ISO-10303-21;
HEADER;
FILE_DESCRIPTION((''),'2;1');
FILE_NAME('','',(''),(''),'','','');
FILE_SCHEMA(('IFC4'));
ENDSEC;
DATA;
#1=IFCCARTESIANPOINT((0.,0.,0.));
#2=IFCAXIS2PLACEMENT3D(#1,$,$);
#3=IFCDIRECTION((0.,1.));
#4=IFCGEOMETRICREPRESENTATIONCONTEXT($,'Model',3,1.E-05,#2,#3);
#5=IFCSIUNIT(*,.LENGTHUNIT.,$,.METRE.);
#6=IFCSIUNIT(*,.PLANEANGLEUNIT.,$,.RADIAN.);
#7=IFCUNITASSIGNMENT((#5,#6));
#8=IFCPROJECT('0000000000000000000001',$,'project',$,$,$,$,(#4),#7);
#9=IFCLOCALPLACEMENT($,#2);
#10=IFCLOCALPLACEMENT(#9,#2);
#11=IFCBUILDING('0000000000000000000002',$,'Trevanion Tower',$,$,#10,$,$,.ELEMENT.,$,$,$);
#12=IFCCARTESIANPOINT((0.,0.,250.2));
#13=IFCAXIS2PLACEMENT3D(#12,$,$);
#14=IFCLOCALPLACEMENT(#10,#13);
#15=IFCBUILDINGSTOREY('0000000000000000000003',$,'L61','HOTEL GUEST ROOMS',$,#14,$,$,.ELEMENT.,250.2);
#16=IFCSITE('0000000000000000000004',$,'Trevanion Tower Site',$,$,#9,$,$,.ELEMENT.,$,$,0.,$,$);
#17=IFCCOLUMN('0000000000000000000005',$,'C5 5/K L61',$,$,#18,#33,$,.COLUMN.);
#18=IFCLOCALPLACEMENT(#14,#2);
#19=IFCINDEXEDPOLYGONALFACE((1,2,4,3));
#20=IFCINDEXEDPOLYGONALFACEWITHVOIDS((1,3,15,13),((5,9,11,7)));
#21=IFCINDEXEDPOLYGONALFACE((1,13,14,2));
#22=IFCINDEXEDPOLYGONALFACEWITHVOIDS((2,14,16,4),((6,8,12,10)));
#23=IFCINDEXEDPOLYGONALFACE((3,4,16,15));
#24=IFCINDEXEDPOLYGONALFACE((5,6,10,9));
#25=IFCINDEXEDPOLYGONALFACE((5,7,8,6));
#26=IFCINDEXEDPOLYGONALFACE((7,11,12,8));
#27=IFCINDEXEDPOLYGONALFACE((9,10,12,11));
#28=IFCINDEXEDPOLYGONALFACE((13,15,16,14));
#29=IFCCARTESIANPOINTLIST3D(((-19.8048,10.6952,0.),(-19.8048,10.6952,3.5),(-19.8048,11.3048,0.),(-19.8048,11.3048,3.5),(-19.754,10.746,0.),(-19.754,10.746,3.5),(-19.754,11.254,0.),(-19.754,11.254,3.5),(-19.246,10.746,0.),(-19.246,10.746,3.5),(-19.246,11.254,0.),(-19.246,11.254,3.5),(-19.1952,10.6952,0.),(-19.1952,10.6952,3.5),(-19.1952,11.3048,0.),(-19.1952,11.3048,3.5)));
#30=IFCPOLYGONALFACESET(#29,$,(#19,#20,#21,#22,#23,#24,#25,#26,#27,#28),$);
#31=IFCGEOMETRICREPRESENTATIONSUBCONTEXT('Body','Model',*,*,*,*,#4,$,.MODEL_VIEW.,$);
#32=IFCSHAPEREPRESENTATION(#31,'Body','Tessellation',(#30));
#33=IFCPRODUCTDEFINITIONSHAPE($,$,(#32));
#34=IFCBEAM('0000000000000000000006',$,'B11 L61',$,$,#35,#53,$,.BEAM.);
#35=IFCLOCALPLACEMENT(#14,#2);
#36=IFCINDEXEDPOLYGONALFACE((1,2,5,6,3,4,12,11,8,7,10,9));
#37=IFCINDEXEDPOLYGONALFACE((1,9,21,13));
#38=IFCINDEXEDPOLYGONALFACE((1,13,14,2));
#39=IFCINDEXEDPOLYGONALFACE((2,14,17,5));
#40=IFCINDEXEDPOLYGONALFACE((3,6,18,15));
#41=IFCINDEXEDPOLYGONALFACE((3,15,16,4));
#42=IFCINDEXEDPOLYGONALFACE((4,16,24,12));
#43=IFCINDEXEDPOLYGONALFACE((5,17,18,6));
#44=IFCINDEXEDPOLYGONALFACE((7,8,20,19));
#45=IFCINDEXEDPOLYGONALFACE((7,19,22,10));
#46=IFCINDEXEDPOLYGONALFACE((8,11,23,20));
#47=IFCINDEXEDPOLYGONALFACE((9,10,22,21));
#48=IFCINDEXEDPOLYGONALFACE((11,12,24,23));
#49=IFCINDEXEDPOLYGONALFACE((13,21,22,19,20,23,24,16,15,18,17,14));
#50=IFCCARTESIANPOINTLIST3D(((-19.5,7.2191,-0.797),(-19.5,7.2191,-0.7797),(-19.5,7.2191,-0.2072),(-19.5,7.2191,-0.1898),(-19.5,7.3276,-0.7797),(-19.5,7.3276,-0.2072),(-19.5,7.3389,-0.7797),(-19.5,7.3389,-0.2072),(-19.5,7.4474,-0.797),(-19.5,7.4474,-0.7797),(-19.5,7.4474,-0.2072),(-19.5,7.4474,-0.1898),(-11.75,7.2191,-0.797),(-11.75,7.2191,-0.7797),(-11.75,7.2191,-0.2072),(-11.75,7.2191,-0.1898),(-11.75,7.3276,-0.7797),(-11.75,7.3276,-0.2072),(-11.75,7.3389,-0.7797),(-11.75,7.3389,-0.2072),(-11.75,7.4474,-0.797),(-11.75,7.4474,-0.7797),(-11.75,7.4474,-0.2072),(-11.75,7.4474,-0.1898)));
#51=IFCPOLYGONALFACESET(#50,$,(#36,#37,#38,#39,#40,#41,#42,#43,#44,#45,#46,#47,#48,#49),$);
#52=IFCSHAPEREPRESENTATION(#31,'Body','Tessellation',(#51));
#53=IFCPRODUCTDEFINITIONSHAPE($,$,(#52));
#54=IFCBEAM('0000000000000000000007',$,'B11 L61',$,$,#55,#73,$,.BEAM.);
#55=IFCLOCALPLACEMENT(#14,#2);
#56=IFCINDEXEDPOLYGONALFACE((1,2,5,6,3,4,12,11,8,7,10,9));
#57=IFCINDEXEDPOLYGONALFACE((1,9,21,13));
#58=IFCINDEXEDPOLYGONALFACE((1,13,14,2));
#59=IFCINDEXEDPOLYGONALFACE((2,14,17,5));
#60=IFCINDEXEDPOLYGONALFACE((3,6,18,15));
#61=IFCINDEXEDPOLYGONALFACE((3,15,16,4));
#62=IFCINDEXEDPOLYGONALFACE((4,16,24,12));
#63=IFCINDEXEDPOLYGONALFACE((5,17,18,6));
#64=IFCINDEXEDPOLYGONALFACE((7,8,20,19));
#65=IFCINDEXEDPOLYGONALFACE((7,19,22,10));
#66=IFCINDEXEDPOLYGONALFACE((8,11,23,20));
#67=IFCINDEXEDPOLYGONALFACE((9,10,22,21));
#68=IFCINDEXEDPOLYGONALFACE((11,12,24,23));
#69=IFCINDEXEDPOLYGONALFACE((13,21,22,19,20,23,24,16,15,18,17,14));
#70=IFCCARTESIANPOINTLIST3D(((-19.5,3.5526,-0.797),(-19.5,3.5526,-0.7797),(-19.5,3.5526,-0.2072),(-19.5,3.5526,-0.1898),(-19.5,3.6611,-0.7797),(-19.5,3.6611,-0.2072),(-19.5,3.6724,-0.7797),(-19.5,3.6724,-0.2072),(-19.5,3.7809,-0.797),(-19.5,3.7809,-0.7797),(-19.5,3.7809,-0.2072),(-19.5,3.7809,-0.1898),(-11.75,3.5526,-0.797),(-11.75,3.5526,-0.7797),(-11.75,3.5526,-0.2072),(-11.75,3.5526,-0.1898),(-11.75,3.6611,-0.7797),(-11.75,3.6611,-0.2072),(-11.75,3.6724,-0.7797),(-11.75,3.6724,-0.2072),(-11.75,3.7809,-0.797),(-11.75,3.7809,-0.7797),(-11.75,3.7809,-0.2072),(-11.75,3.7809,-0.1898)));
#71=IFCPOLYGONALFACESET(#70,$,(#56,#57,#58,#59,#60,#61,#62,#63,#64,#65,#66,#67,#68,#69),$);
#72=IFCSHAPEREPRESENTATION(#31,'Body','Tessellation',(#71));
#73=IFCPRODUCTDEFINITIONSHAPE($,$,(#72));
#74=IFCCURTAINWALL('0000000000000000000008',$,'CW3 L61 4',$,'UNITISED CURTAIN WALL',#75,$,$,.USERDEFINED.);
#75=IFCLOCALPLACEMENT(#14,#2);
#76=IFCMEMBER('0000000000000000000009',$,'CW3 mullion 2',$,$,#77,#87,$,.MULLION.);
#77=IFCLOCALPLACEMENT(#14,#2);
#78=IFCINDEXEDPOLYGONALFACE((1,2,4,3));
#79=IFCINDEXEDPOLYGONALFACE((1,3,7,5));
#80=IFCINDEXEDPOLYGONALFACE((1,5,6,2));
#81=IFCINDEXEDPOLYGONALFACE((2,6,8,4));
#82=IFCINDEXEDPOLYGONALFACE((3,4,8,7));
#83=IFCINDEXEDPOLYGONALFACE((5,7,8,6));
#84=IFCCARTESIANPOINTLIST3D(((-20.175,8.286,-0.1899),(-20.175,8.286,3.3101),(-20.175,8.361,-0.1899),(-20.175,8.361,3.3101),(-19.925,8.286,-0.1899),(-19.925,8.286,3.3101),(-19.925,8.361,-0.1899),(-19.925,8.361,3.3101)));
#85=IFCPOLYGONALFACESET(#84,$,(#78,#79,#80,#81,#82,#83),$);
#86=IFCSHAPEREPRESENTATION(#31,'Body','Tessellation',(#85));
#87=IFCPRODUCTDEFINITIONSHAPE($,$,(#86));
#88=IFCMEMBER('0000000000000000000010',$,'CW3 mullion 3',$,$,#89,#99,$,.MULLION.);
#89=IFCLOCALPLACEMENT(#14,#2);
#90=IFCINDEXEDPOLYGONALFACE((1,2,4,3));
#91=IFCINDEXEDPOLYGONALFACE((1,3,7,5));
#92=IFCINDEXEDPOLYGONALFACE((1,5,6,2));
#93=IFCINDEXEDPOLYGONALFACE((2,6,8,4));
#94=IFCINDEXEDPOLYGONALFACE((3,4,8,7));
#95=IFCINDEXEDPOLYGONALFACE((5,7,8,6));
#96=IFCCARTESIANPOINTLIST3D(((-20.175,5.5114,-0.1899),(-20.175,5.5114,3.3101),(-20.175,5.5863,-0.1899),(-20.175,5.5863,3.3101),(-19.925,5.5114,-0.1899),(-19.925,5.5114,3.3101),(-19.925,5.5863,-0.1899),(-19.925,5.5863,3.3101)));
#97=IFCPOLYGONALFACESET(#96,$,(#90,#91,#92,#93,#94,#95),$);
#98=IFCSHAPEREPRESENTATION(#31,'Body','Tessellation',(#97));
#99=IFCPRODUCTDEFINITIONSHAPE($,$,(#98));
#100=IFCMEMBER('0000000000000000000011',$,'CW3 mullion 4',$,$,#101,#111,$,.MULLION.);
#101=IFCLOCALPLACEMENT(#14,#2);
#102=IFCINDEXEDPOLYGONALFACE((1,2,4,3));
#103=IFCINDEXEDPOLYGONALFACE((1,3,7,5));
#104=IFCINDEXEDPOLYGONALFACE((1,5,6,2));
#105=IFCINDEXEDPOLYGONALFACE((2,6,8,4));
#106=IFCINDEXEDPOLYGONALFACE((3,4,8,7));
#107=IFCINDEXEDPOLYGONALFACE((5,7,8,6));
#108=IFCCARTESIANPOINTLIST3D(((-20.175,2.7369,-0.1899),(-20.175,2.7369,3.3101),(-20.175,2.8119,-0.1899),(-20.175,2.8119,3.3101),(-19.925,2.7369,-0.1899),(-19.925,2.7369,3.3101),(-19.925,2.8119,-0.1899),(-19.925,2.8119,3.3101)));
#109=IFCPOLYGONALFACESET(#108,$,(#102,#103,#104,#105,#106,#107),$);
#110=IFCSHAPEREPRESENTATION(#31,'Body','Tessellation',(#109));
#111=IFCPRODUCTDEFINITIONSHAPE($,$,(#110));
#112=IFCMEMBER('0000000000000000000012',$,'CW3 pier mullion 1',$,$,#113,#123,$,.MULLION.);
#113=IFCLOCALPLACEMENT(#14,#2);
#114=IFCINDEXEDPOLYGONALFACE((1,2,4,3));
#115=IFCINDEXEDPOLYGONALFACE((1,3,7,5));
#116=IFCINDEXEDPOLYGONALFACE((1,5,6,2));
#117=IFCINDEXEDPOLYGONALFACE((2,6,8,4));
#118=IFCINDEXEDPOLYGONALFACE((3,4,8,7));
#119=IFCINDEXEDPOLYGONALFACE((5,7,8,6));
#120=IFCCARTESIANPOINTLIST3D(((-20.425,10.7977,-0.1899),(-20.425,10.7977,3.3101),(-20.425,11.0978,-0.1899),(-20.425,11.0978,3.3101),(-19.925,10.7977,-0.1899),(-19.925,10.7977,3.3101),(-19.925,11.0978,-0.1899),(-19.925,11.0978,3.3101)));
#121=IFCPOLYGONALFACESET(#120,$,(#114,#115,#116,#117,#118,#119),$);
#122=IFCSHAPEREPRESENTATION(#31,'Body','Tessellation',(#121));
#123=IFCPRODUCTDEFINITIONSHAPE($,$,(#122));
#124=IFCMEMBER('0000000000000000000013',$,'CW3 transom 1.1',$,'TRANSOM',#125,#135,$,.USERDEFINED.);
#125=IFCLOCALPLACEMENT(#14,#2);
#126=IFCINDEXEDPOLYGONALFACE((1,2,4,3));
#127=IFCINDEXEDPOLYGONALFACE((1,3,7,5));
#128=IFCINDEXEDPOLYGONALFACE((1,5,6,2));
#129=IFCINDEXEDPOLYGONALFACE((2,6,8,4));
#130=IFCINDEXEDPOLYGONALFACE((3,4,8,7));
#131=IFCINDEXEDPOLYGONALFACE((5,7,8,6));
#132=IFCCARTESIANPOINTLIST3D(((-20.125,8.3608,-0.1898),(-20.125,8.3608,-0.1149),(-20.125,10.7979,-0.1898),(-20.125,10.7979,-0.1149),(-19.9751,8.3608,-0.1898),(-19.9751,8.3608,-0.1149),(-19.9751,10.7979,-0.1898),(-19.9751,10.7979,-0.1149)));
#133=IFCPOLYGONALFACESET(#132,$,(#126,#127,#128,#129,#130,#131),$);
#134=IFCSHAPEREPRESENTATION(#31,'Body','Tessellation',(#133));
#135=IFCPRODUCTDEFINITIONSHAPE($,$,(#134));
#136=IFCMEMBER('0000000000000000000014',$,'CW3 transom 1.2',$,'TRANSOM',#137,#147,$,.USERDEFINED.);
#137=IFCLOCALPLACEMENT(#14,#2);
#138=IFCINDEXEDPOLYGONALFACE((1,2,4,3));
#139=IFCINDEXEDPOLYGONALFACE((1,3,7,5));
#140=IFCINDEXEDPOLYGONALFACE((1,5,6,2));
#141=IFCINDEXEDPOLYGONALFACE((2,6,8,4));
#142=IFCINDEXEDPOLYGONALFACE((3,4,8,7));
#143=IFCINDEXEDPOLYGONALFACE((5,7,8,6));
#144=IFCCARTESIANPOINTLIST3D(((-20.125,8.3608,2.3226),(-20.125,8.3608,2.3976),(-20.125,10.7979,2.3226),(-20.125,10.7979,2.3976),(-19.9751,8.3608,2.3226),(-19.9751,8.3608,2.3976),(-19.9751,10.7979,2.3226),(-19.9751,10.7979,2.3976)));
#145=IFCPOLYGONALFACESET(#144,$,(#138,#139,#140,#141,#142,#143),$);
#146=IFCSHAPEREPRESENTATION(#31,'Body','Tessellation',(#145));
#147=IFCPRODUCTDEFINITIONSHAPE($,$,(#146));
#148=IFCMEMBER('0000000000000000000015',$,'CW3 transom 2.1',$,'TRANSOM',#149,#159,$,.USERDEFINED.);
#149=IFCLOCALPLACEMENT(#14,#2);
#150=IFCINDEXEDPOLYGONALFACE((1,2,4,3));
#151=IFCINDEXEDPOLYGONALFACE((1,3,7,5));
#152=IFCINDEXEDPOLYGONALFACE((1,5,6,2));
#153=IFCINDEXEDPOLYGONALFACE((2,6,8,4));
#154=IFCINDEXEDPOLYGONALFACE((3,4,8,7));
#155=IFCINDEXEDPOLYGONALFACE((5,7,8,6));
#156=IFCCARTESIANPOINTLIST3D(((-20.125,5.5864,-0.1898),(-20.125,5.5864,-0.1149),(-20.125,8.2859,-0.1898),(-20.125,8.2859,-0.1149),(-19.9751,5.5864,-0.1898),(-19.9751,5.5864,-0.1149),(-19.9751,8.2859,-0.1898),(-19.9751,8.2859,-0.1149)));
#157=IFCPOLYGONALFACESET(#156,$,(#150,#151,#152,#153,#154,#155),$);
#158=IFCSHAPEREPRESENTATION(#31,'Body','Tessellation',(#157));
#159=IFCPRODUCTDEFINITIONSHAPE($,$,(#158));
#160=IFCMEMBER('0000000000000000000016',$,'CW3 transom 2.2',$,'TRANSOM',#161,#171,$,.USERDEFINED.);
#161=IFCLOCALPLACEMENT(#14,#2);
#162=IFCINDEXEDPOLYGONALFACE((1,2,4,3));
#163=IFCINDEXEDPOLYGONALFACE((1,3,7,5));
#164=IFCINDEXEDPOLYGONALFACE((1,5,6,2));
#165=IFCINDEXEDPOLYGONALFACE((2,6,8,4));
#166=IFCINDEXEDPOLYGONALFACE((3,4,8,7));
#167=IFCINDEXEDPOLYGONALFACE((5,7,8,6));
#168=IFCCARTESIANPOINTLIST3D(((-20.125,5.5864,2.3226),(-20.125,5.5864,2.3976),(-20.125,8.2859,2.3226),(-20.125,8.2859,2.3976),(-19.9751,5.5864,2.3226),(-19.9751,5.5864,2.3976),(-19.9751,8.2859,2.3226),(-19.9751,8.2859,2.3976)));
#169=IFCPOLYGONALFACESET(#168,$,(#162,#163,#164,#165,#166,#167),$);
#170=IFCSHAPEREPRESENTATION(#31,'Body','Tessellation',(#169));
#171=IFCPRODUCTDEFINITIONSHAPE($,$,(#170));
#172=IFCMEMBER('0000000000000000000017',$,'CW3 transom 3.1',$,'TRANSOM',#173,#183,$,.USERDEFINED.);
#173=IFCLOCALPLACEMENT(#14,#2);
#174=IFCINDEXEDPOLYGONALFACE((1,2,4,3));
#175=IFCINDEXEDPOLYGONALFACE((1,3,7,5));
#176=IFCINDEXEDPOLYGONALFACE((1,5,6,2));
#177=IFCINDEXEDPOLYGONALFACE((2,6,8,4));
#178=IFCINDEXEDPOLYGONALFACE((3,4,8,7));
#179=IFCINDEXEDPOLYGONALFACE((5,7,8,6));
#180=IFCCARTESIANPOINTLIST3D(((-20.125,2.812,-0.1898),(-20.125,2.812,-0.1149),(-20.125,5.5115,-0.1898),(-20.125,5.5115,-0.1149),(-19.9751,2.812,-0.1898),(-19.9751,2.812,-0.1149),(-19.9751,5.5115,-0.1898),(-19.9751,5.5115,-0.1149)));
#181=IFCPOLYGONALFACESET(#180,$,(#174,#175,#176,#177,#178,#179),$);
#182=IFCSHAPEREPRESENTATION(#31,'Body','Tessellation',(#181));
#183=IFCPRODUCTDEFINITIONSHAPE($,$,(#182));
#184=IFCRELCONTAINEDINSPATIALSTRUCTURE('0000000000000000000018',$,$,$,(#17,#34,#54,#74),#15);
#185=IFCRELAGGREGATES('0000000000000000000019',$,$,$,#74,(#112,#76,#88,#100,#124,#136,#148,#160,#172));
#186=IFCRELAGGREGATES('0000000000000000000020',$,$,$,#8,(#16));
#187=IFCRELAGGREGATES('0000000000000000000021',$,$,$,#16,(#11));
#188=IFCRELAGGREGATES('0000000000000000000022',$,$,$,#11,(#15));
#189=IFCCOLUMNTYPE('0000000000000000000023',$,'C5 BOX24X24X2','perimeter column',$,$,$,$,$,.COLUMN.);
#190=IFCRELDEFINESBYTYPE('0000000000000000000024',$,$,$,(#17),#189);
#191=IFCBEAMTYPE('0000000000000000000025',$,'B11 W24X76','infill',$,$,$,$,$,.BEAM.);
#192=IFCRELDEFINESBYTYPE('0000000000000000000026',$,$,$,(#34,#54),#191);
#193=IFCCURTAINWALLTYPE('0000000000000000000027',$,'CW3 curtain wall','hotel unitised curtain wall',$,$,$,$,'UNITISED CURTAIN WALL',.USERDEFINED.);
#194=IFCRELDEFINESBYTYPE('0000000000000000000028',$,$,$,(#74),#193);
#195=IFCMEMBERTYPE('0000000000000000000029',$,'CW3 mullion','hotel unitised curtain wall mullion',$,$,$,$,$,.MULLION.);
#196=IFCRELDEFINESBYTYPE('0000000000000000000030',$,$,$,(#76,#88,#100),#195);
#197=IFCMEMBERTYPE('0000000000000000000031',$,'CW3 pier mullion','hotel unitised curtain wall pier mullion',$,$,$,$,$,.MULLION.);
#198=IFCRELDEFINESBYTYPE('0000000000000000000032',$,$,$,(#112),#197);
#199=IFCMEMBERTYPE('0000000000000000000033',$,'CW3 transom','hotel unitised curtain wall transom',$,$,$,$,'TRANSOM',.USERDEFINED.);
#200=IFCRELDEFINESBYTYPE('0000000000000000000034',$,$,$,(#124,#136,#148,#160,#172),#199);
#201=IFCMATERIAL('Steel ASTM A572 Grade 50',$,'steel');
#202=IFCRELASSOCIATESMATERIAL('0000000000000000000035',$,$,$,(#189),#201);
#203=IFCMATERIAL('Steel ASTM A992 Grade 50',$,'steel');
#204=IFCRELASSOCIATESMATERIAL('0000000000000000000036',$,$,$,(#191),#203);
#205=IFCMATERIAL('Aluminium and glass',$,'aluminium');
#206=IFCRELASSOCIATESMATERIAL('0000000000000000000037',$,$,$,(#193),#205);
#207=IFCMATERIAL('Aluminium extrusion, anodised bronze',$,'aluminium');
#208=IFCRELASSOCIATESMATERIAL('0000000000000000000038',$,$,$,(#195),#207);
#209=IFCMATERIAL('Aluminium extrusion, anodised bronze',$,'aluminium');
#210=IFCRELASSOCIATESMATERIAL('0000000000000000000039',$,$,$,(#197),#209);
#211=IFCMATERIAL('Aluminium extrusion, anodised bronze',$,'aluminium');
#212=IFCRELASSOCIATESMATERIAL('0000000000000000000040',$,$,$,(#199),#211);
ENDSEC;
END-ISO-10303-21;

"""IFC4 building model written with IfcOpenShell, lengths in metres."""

from ifc_helpers import new_model, si_unit, direction, frame, origin, origin_2d, place, context, subcontext, project, spatial, rectangle, hollow_rectangle, i_section, extrude, material, material_profile, profile_set, type_object, element, aggregate, save


model = new_model("IFC4")

# Units and contexts
model_context = context("Model", 3, precision=1e-05, world=origin(), true_north=direction((0.0, 1.0)))
body_context = subcontext(model_context, "Body", "Model", "MODEL_VIEW")
ifc_project = project(units=[si_unit("LENGTHUNIT", "METRE"), si_unit("PLANEANGLEUNIT", "RADIAN")], contexts=[model_context])

# Site, building, storey
site_placement = place(None, origin())
site = spatial("IfcSite", under=ifc_project, at=site_placement, Name="Trevanion Tower Site", CompositionType="ELEMENT", RefElevation=0.0)
building_placement = place(site_placement, origin())
building = spatial("IfcBuilding", under=site, at=building_placement, Name="Trevanion Tower", CompositionType="ELEMENT")
storey_placement = place(building_placement, frame((0.0, 0.0, 250.2)))
storey = spatial("IfcBuildingStorey", under=building, at=storey_placement, Name="L61", Description="HOTEL GUEST ROOMS", CompositionType="ELEMENT", Elevation=250.2)

# Column
ifc_material_1 = material(Name="Steel ASTM A572 Grade 50", Category="steel")
ifc_material_profile_1 = material_profile(ifc_material_1, hollow_rectangle(XDim=0.6096, YDim=0.6096, WallThickness=0.0508, at=origin_2d()), Name="BOX24X24X2")
ifc_profile_set_1 = profile_set([ifc_material_profile_1], Name="Steel ASTM A572 Grade 50")
column_type = type_object("IfcColumnType", Name="C5 BOX24X24X2", Description="perimeter column", PredefinedType="COLUMN", material=ifc_profile_set_1)
column_placement = place(storey_placement, frame((-19.5, 11.0, 0.0), z_axis=(0.0, 0.0, 1.0), x_axis=(0.0, 1.0, 0.0)))
element("IfcColumn", 1, at=column_placement, inside=storey, type_object=column_type, Name="C5 5/K L61", PredefinedType="COLUMN", context=body_context, shape_type="SweptSolid", body=[
    extrude(hollow_rectangle(XDim=0.6096, YDim=0.6096, WallThickness=0.0508, at=origin_2d()), origin(), (0.0, 0.0, 1.0), 3.5),
])

# Beams
ifc_material_2 = material(Name="Steel ASTM A992 Grade 50", Category="steel")
ifc_material_profile_2 = material_profile(ifc_material_2, i_section(OverallWidth=0.2283, OverallDepth=0.6072, WebThickness=0.0112, FlangeThickness=0.0173, at=origin_2d()), Name="W24X76")
ifc_profile_set_2 = profile_set([ifc_material_profile_2], Name="Steel ASTM A992 Grade 50")
beam_type_1 = type_object("IfcBeamType", Name="B11 W24X76", Description="infill", PredefinedType="BEAM", material=ifc_profile_set_2)
for number, where, z_axis, x_axis, name in (
    (2, (-11.75, 7.3333, -0.4934), (-1.0, 0.0, 0.0), (0.0, -1.0, 0.0), "B11 L61"),
    (3, (-11.75, 3.6667, -0.4934), (-1.0, 0.0, 0.0), (0.0, -1.0, 0.0), "B11 L61"),
):
    element("IfcBeam", number, at=place(storey_placement, frame(where, z_axis=z_axis, x_axis=x_axis)), inside=storey, type_object=beam_type_1, Name=name, PredefinedType="BEAM", context=body_context, shape_type="SweptSolid", body=[
        extrude(i_section(OverallWidth=0.2283, OverallDepth=0.6072, WebThickness=0.0112, FlangeThickness=0.0173, at=origin_2d()), origin(), (0.0, 0.0, 1.0), 7.75),
    ])

# Curtain wall, members
ifc_material_3 = material(Name="Aluminium and glass", Category="aluminium")
curtain_wall_type = type_object("IfcCurtainWallType", Name="CW3 curtain wall", Description="hotel unitised curtain wall", ElementType="UNITISED CURTAIN WALL", PredefinedType="USERDEFINED", material=ifc_material_3)
curtain_wall_placement = place(storey_placement, origin())
curtain_wall = element("IfcCurtainWall", 4, at=curtain_wall_placement, inside=storey, type_object=curtain_wall_type, Name="CW3 L61 4", ObjectType="UNITISED CURTAIN WALL", PredefinedType="USERDEFINED")
ifc_material_4 = material(Name="Aluminium extrusion, anodised bronze", Category="aluminium")
ifc_material_profile_3 = material_profile(ifc_material_4, rectangle(XDim=0.075, YDim=0.25, at=origin_2d()), Name="CW3 mullion")
ifc_profile_set_3 = profile_set([ifc_material_profile_3], Name="Aluminium extrusion, anodised bronze")
member_type_1 = type_object("IfcMemberType", Name="CW3 mullion", Description="hotel unitised curtain wall mullion", PredefinedType="MULLION", material=ifc_profile_set_3)
member_1_placement = place(storey_placement, frame((-20.05, 8.3235, -0.1899), z_axis=(0.0, 0.0, 1.0), x_axis=(0.0, -1.0, 0.0)))
member_1 = element("IfcMember", 5, at=member_1_placement, type_object=member_type_1, Name="CW3 mullion 2", PredefinedType="MULLION", context=body_context, shape_type="SweptSolid", body=[
    extrude(rectangle(XDim=0.075, YDim=0.25, at=origin_2d()), origin(), (0.0, 0.0, 1.0), 3.5),
])
member_2_placement = place(storey_placement, frame((-20.05, 5.5488, -0.1899), z_axis=(0.0, 0.0, 1.0), x_axis=(0.0, -1.0, 0.0)))
member_2 = element("IfcMember", 6, at=member_2_placement, type_object=member_type_1, Name="CW3 mullion 3", PredefinedType="MULLION", context=body_context, shape_type="SweptSolid", body=[
    extrude(rectangle(XDim=0.075, YDim=0.25, at=origin_2d()), origin(), (0.0, 0.0, 1.0), 3.5),
])
member_3_placement = place(storey_placement, frame((-20.05, 2.7744, -0.1899), z_axis=(0.0, 0.0, 1.0), x_axis=(0.0, -1.0, 0.0)))
member_3 = element("IfcMember", 7, at=member_3_placement, type_object=member_type_1, Name="CW3 mullion 4", PredefinedType="MULLION", context=body_context, shape_type="SweptSolid", body=[
    extrude(rectangle(XDim=0.075, YDim=0.25, at=origin_2d()), origin(), (0.0, 0.0, 1.0), 3.5),
])
ifc_material_5 = material(Name="Aluminium extrusion, anodised bronze", Category="aluminium")
ifc_material_profile_4 = material_profile(ifc_material_5, rectangle(XDim=0.3, YDim=0.5, at=origin_2d()), Name="CW3 pier mullion")
ifc_profile_set_4 = profile_set([ifc_material_profile_4], Name="Aluminium extrusion, anodised bronze")
member_type_2 = type_object("IfcMemberType", Name="CW3 pier mullion", Description="hotel unitised curtain wall pier mullion", PredefinedType="MULLION", material=ifc_profile_set_4)
member_4_placement = place(storey_placement, frame((-20.175, 10.9478, -0.1899), z_axis=(0.0, 0.0, 1.0), x_axis=(0.0, -1.0, 0.0)))
member_4 = element("IfcMember", 8, at=member_4_placement, type_object=member_type_2, Name="CW3 pier mullion 1", PredefinedType="MULLION", context=body_context, shape_type="SweptSolid", body=[
    extrude(rectangle(XDim=0.3, YDim=0.5, at=origin_2d()), origin(), (0.0, 0.0, 1.0), 3.5),
])
ifc_material_6 = material(Name="Aluminium extrusion, anodised bronze", Category="aluminium")
ifc_material_profile_5 = material_profile(ifc_material_6, rectangle(XDim=0.1499, YDim=0.075, at=origin_2d()), Name="CW3 transom")
ifc_profile_set_5 = profile_set([ifc_material_profile_5], Name="Aluminium extrusion, anodised bronze")
member_type_3 = type_object("IfcMemberType", Name="CW3 transom", Description="hotel unitised curtain wall transom", ElementType="TRANSOM", PredefinedType="USERDEFINED", material=ifc_profile_set_5)
member_5_placement = place(storey_placement, frame((-20.05, 10.7979, -0.1523), z_axis=(0.0, -1.0, 0.0), x_axis=(1.0, 0.0, 0.0)))
member_5 = element("IfcMember", 9, at=member_5_placement, type_object=member_type_3, Name="CW3 transom 1.1", ObjectType="TRANSOM", PredefinedType="USERDEFINED", context=body_context, shape_type="SweptSolid", body=[
    extrude(rectangle(XDim=0.1499, YDim=0.075, at=origin_2d()), origin(), (0.0, 0.0, 1.0), 2.437),
])
member_6_placement = place(storey_placement, frame((-20.05, 10.7979, 2.3601), z_axis=(0.0, -1.0, 0.0), x_axis=(1.0, 0.0, 0.0)))
member_6 = element("IfcMember", 10, at=member_6_placement, type_object=member_type_3, Name="CW3 transom 1.2", ObjectType="TRANSOM", PredefinedType="USERDEFINED", context=body_context, shape_type="SweptSolid", body=[
    extrude(rectangle(XDim=0.1499, YDim=0.075, at=origin_2d()), origin(), (0.0, 0.0, 1.0), 2.437),
])
member_7_placement = place(storey_placement, frame((-20.05, 8.2859, -0.1523), z_axis=(0.0, -1.0, 0.0), x_axis=(1.0, 0.0, 0.0)))
member_7 = element("IfcMember", 11, at=member_7_placement, type_object=member_type_3, Name="CW3 transom 2.1", ObjectType="TRANSOM", PredefinedType="USERDEFINED", context=body_context, shape_type="SweptSolid", body=[
    extrude(rectangle(XDim=0.1499, YDim=0.075, at=origin_2d()), origin(), (0.0, 0.0, 1.0), 2.6995),
])
member_8_placement = place(storey_placement, frame((-20.05, 8.2859, 2.3601), z_axis=(0.0, -1.0, 0.0), x_axis=(1.0, 0.0, 0.0)))
member_8 = element("IfcMember", 12, at=member_8_placement, type_object=member_type_3, Name="CW3 transom 2.2", ObjectType="TRANSOM", PredefinedType="USERDEFINED", context=body_context, shape_type="SweptSolid", body=[
    extrude(rectangle(XDim=0.1499, YDim=0.075, at=origin_2d()), origin(), (0.0, 0.0, 1.0), 2.6995),
])
member_9_placement = place(storey_placement, frame((-20.05, 5.5115, -0.1523), z_axis=(0.0, -1.0, 0.0), x_axis=(1.0, 0.0, 0.0)))
member_9 = element("IfcMember", 13, at=member_9_placement, type_object=member_type_3, Name="CW3 transom 3.1", ObjectType="TRANSOM", PredefinedType="USERDEFINED", context=body_context, shape_type="SweptSolid", body=[
    extrude(rectangle(XDim=0.1499, YDim=0.075, at=origin_2d()), origin(), (0.0, 0.0, 1.0), 2.6995),
])

aggregate(curtain_wall, [member_4, member_1, member_2, member_3, member_5, member_6, member_7, member_8, member_9])

save(model, "model.ifc")
